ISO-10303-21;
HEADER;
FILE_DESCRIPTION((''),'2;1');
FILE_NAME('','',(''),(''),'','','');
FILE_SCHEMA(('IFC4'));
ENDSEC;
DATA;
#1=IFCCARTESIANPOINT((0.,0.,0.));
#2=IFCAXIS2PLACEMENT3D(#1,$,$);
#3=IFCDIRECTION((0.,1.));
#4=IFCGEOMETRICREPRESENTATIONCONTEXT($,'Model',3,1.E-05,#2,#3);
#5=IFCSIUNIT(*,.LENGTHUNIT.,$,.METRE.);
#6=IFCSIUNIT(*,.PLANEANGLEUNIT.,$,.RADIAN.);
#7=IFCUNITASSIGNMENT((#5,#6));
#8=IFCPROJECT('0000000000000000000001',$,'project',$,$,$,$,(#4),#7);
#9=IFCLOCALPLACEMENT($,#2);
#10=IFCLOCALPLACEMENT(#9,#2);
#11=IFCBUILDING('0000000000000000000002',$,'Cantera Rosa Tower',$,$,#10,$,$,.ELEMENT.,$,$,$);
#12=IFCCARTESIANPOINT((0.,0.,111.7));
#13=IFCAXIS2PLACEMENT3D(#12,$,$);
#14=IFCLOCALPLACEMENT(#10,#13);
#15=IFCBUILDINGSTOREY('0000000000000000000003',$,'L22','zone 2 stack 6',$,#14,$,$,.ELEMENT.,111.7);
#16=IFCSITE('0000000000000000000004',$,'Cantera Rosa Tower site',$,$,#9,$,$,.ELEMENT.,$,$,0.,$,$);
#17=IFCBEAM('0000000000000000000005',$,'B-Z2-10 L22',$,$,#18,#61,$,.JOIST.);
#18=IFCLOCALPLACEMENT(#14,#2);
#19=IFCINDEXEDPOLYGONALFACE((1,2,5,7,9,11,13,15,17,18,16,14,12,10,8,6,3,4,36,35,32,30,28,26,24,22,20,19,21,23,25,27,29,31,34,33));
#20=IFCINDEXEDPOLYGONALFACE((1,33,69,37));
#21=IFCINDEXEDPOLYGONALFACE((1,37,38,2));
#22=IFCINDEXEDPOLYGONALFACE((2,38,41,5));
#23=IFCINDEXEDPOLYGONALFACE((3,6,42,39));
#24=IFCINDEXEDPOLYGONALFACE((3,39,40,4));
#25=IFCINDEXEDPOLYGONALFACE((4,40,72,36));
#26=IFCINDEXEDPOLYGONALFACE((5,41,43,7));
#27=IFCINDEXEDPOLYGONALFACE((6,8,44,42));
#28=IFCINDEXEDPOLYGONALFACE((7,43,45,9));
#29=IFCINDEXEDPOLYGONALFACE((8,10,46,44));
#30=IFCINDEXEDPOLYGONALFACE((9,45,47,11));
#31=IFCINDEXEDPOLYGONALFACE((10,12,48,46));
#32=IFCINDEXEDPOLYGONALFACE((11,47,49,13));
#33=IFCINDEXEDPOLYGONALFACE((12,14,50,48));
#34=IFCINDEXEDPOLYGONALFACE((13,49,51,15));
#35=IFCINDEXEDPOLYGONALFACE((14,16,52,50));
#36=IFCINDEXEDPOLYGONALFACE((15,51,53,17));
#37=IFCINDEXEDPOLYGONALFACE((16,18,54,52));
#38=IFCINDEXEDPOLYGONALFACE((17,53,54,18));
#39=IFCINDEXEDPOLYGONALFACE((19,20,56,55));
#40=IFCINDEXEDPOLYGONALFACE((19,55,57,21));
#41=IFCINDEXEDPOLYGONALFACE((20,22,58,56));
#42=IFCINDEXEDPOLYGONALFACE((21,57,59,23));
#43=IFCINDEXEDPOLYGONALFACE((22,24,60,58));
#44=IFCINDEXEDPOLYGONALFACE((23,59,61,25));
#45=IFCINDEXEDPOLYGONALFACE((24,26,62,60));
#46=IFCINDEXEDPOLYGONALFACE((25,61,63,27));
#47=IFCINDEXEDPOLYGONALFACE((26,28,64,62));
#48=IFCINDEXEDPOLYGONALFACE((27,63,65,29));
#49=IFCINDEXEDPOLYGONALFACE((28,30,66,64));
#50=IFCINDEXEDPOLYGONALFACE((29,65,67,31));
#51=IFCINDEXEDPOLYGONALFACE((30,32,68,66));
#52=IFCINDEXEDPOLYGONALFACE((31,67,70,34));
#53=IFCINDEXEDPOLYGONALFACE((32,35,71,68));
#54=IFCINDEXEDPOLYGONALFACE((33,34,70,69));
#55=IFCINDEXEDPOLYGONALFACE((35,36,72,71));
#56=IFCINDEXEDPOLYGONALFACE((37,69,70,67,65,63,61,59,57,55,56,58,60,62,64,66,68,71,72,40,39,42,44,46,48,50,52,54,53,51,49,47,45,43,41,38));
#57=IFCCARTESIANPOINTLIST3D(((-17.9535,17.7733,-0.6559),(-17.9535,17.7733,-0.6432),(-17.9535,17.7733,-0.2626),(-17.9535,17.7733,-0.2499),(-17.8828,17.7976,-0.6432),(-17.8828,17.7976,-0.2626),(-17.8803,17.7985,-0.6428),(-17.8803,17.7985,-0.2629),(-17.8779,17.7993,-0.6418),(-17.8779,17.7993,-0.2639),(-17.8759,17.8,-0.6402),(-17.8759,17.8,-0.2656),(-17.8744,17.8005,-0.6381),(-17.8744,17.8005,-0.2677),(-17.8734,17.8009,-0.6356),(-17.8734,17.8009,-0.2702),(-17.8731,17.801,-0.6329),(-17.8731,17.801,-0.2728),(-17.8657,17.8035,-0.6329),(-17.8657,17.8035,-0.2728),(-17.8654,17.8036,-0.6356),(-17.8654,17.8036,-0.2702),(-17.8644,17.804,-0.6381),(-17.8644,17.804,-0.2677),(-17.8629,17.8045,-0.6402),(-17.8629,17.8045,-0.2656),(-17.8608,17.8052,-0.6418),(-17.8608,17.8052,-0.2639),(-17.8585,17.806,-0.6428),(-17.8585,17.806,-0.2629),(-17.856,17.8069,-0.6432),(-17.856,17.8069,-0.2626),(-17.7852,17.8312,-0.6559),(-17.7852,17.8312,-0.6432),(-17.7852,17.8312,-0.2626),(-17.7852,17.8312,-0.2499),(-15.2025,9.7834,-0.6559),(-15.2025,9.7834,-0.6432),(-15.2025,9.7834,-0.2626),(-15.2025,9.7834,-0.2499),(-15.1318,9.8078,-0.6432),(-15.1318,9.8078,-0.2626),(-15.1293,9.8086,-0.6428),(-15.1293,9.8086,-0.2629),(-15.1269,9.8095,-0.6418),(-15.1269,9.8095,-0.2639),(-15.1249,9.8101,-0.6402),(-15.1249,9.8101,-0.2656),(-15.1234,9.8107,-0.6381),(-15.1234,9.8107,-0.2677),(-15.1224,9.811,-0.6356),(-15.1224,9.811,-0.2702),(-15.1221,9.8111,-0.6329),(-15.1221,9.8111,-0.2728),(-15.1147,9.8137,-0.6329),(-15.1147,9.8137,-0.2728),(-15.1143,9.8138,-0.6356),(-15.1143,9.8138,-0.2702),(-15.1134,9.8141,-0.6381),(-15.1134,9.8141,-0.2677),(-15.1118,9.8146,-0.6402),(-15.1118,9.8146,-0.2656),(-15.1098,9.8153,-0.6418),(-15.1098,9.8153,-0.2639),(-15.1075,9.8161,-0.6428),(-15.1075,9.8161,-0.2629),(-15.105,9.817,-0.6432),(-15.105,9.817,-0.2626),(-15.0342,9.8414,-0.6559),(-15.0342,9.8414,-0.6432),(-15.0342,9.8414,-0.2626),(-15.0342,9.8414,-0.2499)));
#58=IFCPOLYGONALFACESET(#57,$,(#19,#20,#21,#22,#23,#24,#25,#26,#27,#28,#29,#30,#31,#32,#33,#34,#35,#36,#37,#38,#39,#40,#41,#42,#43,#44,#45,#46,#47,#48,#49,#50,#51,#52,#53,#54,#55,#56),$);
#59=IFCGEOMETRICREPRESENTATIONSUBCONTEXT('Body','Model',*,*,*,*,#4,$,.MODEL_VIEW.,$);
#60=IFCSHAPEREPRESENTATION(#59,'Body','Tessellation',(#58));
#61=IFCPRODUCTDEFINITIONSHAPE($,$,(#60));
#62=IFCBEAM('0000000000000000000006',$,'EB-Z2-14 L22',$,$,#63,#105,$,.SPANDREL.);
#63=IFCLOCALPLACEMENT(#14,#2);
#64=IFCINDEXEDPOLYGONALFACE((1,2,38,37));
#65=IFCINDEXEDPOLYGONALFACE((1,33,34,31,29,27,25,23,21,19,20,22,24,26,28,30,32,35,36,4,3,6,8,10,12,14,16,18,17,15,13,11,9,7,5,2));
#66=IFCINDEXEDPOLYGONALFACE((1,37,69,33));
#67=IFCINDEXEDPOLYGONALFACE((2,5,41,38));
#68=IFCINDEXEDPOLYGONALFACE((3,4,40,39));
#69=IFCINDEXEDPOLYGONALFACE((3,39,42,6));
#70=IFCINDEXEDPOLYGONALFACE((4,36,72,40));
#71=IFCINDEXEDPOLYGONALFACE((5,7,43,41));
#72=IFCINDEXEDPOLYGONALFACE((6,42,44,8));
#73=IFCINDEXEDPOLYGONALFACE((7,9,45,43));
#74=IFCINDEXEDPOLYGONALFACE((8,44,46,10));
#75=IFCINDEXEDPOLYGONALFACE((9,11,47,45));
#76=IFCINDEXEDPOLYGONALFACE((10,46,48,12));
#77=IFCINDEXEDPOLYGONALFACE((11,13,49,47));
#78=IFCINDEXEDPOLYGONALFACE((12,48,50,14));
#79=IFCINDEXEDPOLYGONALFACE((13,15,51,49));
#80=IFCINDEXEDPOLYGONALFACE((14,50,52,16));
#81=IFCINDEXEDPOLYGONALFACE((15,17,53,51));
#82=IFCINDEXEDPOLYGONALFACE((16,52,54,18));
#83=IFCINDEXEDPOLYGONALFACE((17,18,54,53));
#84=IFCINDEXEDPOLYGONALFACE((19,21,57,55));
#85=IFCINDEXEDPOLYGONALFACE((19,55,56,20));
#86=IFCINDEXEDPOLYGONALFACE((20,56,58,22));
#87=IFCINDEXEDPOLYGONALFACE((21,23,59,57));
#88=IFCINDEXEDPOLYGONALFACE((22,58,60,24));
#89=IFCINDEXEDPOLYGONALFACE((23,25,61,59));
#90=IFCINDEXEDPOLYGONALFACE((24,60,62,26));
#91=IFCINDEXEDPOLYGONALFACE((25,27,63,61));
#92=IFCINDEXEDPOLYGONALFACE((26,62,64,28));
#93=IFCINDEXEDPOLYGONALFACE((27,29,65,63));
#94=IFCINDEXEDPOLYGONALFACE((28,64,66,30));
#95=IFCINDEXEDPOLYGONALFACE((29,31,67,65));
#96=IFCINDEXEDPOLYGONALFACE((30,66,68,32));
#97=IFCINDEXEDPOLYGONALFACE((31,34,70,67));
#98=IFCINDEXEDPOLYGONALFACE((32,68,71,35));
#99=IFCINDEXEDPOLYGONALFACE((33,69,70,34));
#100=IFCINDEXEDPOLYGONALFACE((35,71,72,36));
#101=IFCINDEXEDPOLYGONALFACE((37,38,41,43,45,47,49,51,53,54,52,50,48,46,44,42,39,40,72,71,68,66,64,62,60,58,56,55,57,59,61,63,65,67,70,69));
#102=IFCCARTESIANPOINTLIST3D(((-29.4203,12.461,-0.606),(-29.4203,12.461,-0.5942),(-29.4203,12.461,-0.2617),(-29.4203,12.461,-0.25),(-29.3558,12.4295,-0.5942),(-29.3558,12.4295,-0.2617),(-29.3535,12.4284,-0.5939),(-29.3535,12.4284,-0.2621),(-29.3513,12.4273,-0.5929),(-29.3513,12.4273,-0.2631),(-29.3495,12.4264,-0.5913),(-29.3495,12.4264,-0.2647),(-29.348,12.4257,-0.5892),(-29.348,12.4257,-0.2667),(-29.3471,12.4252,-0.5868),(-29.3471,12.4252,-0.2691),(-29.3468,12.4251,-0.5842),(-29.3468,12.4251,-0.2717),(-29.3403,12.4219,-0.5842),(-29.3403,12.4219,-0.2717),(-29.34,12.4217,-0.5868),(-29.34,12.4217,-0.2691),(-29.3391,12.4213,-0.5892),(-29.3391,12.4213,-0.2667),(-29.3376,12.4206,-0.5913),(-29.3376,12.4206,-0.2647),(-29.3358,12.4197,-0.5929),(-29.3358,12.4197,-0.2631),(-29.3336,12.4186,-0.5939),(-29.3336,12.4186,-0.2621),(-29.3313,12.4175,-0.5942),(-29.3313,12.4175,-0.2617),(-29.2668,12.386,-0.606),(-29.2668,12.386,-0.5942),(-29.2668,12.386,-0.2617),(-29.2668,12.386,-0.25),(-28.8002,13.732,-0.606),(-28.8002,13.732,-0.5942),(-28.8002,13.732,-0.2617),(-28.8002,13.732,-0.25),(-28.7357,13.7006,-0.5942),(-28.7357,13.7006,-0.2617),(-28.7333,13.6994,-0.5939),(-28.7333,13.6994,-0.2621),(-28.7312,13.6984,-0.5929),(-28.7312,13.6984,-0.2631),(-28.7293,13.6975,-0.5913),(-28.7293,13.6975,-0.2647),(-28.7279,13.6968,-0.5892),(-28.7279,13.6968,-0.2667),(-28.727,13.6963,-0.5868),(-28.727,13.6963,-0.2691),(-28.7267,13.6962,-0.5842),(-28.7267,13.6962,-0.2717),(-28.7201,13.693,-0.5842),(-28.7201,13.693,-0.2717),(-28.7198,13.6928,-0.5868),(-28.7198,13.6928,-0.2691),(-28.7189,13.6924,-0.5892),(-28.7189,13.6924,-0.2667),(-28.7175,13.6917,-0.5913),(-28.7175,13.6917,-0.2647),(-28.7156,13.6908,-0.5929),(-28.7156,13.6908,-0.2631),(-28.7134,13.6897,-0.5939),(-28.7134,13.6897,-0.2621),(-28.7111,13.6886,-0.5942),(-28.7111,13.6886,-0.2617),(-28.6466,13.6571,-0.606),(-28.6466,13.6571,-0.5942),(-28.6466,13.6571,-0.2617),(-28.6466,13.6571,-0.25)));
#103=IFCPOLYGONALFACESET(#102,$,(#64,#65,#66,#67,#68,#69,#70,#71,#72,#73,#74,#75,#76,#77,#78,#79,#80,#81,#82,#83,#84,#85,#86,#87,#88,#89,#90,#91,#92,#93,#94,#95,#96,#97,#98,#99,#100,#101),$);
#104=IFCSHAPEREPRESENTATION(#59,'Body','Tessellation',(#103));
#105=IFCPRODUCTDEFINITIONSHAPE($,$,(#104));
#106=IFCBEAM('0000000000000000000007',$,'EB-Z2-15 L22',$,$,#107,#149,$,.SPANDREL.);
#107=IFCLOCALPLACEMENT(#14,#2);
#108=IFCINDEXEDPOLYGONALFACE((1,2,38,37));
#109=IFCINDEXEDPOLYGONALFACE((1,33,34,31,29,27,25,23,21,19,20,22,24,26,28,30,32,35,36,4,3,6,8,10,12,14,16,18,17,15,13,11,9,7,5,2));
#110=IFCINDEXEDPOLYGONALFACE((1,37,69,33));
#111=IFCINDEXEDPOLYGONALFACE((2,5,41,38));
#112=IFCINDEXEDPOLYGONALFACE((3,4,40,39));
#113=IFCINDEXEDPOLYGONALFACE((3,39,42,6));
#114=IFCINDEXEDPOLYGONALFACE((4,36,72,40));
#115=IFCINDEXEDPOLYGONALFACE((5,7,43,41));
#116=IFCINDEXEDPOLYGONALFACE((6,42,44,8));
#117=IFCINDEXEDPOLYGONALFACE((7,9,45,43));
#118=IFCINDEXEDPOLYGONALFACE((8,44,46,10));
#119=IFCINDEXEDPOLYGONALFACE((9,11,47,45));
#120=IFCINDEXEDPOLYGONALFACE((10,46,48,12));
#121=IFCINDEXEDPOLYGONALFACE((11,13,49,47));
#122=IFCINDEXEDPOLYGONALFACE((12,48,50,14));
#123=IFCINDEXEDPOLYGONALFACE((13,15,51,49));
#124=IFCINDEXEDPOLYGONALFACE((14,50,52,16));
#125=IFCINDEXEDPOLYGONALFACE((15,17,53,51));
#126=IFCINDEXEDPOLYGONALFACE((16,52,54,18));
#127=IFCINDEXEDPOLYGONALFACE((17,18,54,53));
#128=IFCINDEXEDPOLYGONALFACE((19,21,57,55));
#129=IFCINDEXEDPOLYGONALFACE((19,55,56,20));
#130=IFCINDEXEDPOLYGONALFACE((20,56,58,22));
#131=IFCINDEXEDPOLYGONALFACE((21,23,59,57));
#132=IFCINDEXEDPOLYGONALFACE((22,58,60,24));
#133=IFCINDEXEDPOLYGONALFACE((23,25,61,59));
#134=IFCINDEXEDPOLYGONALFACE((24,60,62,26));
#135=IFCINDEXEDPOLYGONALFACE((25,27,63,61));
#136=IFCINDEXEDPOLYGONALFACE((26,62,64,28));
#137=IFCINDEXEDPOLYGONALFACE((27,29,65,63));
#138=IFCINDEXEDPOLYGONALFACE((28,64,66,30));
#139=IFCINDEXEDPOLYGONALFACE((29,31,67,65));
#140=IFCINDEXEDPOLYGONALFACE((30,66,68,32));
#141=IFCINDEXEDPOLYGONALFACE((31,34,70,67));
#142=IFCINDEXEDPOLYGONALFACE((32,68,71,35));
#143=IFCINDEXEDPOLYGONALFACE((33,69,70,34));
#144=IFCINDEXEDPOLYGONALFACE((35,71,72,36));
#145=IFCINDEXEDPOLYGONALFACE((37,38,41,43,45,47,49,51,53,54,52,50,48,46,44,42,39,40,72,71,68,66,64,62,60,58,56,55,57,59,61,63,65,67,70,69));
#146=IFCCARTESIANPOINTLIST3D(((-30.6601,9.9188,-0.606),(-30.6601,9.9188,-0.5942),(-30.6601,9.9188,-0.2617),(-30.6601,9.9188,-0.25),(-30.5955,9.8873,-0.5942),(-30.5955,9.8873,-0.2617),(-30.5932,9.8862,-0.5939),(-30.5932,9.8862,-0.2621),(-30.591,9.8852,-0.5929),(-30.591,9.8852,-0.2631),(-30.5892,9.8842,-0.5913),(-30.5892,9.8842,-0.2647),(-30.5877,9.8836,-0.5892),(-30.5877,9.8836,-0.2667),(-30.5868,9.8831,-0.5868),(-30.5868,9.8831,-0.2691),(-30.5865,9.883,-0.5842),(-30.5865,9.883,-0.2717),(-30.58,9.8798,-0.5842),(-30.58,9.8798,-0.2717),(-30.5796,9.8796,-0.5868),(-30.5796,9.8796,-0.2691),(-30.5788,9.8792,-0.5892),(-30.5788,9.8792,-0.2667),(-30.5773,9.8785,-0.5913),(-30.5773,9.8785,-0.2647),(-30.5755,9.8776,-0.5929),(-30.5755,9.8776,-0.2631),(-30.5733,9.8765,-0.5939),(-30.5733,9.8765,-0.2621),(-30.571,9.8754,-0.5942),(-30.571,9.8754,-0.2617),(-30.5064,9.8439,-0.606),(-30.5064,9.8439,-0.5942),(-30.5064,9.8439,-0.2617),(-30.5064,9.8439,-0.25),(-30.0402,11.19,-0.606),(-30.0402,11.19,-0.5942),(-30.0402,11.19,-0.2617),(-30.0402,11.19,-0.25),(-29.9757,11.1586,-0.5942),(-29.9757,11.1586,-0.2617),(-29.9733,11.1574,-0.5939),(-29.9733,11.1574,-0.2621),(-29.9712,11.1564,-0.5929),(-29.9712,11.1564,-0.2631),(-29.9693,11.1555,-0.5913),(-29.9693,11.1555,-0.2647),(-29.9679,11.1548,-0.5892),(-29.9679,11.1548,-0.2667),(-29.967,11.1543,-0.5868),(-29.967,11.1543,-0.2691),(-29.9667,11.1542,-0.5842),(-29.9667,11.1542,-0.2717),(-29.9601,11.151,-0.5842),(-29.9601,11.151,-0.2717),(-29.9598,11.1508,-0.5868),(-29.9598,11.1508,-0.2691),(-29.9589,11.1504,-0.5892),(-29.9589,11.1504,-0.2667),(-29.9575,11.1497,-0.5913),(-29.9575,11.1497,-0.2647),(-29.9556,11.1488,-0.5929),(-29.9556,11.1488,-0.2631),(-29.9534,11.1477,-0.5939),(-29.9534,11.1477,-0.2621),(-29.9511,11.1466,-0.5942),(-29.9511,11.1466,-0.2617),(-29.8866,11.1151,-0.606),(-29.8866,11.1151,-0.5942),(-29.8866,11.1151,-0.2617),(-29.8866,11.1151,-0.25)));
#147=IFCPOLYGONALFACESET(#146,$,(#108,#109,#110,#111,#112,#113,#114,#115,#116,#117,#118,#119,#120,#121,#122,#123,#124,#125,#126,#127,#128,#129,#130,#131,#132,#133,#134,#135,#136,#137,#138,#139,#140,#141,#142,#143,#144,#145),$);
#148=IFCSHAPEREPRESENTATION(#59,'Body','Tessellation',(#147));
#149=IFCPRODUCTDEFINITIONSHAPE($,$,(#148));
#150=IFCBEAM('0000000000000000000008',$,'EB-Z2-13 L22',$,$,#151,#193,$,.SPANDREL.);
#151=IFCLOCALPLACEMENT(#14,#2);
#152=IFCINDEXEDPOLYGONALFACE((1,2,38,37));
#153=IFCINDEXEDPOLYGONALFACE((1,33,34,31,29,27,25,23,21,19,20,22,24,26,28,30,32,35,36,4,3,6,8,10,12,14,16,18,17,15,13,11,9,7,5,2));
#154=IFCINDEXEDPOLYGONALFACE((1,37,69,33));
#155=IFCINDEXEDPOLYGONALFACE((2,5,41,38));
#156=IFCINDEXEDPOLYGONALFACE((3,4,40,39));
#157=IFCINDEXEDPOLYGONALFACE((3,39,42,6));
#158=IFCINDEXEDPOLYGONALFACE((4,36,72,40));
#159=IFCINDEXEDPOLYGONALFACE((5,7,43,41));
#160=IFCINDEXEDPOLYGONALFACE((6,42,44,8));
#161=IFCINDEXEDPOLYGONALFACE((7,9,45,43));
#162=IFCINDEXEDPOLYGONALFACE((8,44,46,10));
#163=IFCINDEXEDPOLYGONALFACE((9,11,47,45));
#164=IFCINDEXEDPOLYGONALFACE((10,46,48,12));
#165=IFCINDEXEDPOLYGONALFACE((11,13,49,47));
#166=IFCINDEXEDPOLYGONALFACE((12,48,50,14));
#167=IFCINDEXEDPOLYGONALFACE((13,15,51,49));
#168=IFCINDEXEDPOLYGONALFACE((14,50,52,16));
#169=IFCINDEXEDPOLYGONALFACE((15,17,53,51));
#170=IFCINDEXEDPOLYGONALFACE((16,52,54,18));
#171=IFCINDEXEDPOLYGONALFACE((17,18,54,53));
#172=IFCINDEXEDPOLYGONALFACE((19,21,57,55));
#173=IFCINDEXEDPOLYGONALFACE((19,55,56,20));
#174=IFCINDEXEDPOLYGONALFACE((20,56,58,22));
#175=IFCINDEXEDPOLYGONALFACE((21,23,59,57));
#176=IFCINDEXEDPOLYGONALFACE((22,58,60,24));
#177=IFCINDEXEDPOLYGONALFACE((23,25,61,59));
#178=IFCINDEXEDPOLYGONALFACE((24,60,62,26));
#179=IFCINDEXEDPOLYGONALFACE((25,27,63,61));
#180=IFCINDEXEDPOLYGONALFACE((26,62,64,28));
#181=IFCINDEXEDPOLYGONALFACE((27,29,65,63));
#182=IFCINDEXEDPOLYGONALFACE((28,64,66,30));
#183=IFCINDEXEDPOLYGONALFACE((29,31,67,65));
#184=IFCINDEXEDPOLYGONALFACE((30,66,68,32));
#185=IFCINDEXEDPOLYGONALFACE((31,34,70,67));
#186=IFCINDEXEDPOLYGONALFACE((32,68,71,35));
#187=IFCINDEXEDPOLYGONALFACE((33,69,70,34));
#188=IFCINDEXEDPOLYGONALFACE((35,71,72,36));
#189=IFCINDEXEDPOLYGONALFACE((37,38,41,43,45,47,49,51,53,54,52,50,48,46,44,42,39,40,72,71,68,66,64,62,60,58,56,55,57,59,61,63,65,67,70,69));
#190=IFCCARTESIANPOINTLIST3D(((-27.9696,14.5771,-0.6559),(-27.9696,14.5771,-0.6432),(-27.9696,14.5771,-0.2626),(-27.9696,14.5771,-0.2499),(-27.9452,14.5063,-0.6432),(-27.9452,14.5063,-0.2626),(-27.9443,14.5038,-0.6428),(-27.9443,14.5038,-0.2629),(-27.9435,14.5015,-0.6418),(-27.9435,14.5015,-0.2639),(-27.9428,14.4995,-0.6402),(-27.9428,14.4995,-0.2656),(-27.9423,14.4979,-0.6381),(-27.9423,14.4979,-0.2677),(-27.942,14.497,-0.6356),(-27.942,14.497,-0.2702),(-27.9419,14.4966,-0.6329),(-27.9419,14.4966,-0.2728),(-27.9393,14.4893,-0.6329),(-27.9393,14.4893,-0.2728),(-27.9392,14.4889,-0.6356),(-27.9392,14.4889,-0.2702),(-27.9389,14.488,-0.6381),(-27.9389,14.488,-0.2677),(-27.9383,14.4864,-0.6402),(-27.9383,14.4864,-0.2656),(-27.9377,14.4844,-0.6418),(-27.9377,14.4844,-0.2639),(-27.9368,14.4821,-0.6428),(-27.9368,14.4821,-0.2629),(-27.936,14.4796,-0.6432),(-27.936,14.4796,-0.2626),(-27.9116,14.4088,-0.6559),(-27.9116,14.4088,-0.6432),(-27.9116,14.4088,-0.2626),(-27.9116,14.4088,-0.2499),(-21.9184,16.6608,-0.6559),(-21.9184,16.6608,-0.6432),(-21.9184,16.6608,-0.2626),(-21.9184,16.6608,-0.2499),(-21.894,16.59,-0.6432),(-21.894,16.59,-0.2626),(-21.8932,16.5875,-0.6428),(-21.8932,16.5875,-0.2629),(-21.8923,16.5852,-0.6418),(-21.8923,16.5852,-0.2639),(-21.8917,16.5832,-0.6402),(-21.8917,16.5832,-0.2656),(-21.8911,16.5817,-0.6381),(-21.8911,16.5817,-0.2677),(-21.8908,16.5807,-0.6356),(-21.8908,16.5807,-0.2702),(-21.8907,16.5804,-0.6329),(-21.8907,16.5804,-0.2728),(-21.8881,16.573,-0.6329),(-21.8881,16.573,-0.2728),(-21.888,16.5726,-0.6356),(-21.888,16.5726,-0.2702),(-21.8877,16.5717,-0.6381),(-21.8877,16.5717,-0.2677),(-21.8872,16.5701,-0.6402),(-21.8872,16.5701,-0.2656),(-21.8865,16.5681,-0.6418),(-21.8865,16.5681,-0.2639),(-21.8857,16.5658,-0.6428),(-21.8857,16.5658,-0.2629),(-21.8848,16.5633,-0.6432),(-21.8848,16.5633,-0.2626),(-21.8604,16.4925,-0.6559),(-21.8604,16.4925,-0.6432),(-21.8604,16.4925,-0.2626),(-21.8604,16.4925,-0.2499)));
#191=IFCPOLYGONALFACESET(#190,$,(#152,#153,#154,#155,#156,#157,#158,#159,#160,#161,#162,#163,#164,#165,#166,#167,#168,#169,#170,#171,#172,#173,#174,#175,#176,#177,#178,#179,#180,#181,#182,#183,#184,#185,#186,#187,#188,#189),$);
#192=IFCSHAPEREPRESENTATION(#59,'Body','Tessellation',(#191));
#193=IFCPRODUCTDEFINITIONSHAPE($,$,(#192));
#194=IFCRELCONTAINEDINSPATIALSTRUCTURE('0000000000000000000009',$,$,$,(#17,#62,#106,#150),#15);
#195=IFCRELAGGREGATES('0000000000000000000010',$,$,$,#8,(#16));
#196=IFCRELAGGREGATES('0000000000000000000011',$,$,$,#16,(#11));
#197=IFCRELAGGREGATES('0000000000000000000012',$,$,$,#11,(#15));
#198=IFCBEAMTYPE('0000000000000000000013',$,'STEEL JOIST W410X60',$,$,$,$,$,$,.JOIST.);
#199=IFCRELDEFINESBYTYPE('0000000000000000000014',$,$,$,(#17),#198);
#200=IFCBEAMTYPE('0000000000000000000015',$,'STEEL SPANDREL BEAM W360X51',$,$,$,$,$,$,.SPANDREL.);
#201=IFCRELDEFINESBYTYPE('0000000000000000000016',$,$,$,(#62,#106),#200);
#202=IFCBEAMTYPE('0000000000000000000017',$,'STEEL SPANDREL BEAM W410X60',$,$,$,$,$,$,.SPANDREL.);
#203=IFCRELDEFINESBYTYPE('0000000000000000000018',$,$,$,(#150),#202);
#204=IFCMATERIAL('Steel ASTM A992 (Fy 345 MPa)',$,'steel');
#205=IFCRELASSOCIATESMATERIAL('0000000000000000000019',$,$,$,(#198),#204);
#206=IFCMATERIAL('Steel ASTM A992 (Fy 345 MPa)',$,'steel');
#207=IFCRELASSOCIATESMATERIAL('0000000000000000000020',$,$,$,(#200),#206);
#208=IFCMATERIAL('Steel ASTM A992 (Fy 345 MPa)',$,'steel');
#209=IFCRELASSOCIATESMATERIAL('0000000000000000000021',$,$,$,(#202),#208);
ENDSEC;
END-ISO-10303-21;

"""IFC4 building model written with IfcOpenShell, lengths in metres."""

from ifc_helpers import new_model, si_unit, direction, frame, origin, origin_2d, place, context, subcontext, project, spatial, i_section, extrude, material, material_profile, profile_set, type_object, element, save


model = new_model("IFC4")

# Units and contexts
model_context = context("Model", 3, precision=1e-05, world=origin(), true_north=direction((0.0, 1.0)))
body_context = subcontext(model_context, "Body", "Model", "MODEL_VIEW")
ifc_project = project(units=[si_unit("LENGTHUNIT", "METRE"), si_unit("PLANEANGLEUNIT", "RADIAN")], contexts=[model_context])

# Site, building, storey
site_placement = place(None, origin())
site = spatial("IfcSite", under=ifc_project, at=site_placement, Name="Cantera Rosa Tower site", CompositionType="ELEMENT", RefElevation=0.0)
building_placement = place(site_placement, origin())
building = spatial("IfcBuilding", under=site, at=building_placement, Name="Cantera Rosa Tower", CompositionType="ELEMENT")
storey_placement = place(building_placement, frame((0.0, 0.0, 111.7)))
storey = spatial("IfcBuildingStorey", under=building, at=storey_placement, Name="L22", Description="zone 2 stack 6", CompositionType="ELEMENT", Elevation=111.7)

# Beams
ifc_material_1 = material(Name="Steel ASTM A992 (Fy 345 MPa)", Category="steel")
ifc_material_profile_1 = material_profile(ifc_material_1, i_section(OverallWidth=0.178, OverallDepth=0.406, WebThickness=0.0078, FlangeThickness=0.0127, FilletRadius=0.0103, at=origin_2d()), Name="W410X60")
ifc_profile_set_1 = profile_set([ifc_material_profile_1], Name="Steel ASTM A992 (Fy 345 MPa)")
beam_type_1 = type_object("IfcBeamType", Name="STEEL JOIST W410X60", PredefinedType="JOIST", material=ifc_profile_set_1)
beam_1_placement = place(storey_placement, frame((-17.8694, 17.8022, -0.4529), z_axis=(0.325556, -0.945523, 0.0), x_axis=(0.945523, 0.325556, 0.0)))
element("IfcBeam", 1, at=beam_1_placement, inside=storey, type_object=beam_type_1, Name="B-Z2-10 L22", PredefinedType="JOIST", context=body_context, shape_type="SweptSolid", body=[
    extrude(i_section(OverallWidth=0.178, OverallDepth=0.406, WebThickness=0.0078, FlangeThickness=0.0127, FilletRadius=0.0103, at=origin_2d()), origin(), (0.0, 0.0, 1.0), 8.4502),
])
ifc_material_2 = material(Name="Steel ASTM A992 (Fy 345 MPa)", Category="steel")
ifc_material_profile_2 = material_profile(ifc_material_2, i_section(OverallWidth=0.1709, OverallDepth=0.356, WebThickness=0.0073, FlangeThickness=0.0117, FilletRadius=0.01, at=origin_2d()), Name="W360X51")
ifc_profile_set_2 = profile_set([ifc_material_profile_2], Name="Steel ASTM A992 (Fy 345 MPa)")
beam_type_2 = type_object("IfcBeamType", Name="STEEL SPANDREL BEAM W360X51", PredefinedType="SPANDREL", material=ifc_profile_set_2)
for number, where, z_axis, x_axis, name in (
    (2, (-28.7234, 13.6946, -0.428), (-0.438492, -0.898735, 0.0), (0.898735, -0.438492, 0.0), "EB-Z2-14 L22"),
    (3, (-29.9634, 11.1526, -0.428), (-0.438284, -0.898836, 0.0), (0.898836, -0.438284, 0.0), "EB-Z2-15 L22"),
):
    element("IfcBeam", number, at=place(storey_placement, frame(where, z_axis=z_axis, x_axis=x_axis)), inside=storey, type_object=beam_type_2, Name=name, PredefinedType="SPANDREL", context=body_context, shape_type="SweptSolid", body=[
        extrude(i_section(OverallWidth=0.1709, OverallDepth=0.356, WebThickness=0.0073, FlangeThickness=0.0117, FilletRadius=0.01, at=origin_2d()), origin(), (0.0, 0.0, 1.0), 1.4143),
    ])
ifc_material_3 = material(Name="Steel ASTM A992 (Fy 345 MPa)", Category="steel")
ifc_material_profile_3 = material_profile(ifc_material_3, i_section(OverallWidth=0.178, OverallDepth=0.406, WebThickness=0.0078, FlangeThickness=0.0127, FilletRadius=0.0103, at=origin_2d()), Name="W410X60")
ifc_profile_set_3 = profile_set([ifc_material_profile_3], Name="Steel ASTM A992 (Fy 345 MPa)")
beam_type_3 = type_object("IfcBeamType", Name="STEEL SPANDREL BEAM W410X60", PredefinedType="SPANDREL", material=ifc_profile_set_3)
beam_2_placement = place(storey_placement, frame((-21.8894, 16.5767, -0.4529), z_axis=(-0.945513, -0.325585, 0.0), x_axis=(0.325585, -0.945513, 0.0)))
element("IfcBeam", 4, at=beam_2_placement, inside=storey, type_object=beam_type_3, Name="EB-Z2-13 L22", PredefinedType="SPANDREL", context=body_context, shape_type="SweptSolid", body=[
    extrude(i_section(OverallWidth=0.178, OverallDepth=0.406, WebThickness=0.0078, FlangeThickness=0.0127, FilletRadius=0.0103, at=origin_2d()), origin(), (0.0, 0.0, 1.0), 6.3999),
])

save(model, "model.ifc")
